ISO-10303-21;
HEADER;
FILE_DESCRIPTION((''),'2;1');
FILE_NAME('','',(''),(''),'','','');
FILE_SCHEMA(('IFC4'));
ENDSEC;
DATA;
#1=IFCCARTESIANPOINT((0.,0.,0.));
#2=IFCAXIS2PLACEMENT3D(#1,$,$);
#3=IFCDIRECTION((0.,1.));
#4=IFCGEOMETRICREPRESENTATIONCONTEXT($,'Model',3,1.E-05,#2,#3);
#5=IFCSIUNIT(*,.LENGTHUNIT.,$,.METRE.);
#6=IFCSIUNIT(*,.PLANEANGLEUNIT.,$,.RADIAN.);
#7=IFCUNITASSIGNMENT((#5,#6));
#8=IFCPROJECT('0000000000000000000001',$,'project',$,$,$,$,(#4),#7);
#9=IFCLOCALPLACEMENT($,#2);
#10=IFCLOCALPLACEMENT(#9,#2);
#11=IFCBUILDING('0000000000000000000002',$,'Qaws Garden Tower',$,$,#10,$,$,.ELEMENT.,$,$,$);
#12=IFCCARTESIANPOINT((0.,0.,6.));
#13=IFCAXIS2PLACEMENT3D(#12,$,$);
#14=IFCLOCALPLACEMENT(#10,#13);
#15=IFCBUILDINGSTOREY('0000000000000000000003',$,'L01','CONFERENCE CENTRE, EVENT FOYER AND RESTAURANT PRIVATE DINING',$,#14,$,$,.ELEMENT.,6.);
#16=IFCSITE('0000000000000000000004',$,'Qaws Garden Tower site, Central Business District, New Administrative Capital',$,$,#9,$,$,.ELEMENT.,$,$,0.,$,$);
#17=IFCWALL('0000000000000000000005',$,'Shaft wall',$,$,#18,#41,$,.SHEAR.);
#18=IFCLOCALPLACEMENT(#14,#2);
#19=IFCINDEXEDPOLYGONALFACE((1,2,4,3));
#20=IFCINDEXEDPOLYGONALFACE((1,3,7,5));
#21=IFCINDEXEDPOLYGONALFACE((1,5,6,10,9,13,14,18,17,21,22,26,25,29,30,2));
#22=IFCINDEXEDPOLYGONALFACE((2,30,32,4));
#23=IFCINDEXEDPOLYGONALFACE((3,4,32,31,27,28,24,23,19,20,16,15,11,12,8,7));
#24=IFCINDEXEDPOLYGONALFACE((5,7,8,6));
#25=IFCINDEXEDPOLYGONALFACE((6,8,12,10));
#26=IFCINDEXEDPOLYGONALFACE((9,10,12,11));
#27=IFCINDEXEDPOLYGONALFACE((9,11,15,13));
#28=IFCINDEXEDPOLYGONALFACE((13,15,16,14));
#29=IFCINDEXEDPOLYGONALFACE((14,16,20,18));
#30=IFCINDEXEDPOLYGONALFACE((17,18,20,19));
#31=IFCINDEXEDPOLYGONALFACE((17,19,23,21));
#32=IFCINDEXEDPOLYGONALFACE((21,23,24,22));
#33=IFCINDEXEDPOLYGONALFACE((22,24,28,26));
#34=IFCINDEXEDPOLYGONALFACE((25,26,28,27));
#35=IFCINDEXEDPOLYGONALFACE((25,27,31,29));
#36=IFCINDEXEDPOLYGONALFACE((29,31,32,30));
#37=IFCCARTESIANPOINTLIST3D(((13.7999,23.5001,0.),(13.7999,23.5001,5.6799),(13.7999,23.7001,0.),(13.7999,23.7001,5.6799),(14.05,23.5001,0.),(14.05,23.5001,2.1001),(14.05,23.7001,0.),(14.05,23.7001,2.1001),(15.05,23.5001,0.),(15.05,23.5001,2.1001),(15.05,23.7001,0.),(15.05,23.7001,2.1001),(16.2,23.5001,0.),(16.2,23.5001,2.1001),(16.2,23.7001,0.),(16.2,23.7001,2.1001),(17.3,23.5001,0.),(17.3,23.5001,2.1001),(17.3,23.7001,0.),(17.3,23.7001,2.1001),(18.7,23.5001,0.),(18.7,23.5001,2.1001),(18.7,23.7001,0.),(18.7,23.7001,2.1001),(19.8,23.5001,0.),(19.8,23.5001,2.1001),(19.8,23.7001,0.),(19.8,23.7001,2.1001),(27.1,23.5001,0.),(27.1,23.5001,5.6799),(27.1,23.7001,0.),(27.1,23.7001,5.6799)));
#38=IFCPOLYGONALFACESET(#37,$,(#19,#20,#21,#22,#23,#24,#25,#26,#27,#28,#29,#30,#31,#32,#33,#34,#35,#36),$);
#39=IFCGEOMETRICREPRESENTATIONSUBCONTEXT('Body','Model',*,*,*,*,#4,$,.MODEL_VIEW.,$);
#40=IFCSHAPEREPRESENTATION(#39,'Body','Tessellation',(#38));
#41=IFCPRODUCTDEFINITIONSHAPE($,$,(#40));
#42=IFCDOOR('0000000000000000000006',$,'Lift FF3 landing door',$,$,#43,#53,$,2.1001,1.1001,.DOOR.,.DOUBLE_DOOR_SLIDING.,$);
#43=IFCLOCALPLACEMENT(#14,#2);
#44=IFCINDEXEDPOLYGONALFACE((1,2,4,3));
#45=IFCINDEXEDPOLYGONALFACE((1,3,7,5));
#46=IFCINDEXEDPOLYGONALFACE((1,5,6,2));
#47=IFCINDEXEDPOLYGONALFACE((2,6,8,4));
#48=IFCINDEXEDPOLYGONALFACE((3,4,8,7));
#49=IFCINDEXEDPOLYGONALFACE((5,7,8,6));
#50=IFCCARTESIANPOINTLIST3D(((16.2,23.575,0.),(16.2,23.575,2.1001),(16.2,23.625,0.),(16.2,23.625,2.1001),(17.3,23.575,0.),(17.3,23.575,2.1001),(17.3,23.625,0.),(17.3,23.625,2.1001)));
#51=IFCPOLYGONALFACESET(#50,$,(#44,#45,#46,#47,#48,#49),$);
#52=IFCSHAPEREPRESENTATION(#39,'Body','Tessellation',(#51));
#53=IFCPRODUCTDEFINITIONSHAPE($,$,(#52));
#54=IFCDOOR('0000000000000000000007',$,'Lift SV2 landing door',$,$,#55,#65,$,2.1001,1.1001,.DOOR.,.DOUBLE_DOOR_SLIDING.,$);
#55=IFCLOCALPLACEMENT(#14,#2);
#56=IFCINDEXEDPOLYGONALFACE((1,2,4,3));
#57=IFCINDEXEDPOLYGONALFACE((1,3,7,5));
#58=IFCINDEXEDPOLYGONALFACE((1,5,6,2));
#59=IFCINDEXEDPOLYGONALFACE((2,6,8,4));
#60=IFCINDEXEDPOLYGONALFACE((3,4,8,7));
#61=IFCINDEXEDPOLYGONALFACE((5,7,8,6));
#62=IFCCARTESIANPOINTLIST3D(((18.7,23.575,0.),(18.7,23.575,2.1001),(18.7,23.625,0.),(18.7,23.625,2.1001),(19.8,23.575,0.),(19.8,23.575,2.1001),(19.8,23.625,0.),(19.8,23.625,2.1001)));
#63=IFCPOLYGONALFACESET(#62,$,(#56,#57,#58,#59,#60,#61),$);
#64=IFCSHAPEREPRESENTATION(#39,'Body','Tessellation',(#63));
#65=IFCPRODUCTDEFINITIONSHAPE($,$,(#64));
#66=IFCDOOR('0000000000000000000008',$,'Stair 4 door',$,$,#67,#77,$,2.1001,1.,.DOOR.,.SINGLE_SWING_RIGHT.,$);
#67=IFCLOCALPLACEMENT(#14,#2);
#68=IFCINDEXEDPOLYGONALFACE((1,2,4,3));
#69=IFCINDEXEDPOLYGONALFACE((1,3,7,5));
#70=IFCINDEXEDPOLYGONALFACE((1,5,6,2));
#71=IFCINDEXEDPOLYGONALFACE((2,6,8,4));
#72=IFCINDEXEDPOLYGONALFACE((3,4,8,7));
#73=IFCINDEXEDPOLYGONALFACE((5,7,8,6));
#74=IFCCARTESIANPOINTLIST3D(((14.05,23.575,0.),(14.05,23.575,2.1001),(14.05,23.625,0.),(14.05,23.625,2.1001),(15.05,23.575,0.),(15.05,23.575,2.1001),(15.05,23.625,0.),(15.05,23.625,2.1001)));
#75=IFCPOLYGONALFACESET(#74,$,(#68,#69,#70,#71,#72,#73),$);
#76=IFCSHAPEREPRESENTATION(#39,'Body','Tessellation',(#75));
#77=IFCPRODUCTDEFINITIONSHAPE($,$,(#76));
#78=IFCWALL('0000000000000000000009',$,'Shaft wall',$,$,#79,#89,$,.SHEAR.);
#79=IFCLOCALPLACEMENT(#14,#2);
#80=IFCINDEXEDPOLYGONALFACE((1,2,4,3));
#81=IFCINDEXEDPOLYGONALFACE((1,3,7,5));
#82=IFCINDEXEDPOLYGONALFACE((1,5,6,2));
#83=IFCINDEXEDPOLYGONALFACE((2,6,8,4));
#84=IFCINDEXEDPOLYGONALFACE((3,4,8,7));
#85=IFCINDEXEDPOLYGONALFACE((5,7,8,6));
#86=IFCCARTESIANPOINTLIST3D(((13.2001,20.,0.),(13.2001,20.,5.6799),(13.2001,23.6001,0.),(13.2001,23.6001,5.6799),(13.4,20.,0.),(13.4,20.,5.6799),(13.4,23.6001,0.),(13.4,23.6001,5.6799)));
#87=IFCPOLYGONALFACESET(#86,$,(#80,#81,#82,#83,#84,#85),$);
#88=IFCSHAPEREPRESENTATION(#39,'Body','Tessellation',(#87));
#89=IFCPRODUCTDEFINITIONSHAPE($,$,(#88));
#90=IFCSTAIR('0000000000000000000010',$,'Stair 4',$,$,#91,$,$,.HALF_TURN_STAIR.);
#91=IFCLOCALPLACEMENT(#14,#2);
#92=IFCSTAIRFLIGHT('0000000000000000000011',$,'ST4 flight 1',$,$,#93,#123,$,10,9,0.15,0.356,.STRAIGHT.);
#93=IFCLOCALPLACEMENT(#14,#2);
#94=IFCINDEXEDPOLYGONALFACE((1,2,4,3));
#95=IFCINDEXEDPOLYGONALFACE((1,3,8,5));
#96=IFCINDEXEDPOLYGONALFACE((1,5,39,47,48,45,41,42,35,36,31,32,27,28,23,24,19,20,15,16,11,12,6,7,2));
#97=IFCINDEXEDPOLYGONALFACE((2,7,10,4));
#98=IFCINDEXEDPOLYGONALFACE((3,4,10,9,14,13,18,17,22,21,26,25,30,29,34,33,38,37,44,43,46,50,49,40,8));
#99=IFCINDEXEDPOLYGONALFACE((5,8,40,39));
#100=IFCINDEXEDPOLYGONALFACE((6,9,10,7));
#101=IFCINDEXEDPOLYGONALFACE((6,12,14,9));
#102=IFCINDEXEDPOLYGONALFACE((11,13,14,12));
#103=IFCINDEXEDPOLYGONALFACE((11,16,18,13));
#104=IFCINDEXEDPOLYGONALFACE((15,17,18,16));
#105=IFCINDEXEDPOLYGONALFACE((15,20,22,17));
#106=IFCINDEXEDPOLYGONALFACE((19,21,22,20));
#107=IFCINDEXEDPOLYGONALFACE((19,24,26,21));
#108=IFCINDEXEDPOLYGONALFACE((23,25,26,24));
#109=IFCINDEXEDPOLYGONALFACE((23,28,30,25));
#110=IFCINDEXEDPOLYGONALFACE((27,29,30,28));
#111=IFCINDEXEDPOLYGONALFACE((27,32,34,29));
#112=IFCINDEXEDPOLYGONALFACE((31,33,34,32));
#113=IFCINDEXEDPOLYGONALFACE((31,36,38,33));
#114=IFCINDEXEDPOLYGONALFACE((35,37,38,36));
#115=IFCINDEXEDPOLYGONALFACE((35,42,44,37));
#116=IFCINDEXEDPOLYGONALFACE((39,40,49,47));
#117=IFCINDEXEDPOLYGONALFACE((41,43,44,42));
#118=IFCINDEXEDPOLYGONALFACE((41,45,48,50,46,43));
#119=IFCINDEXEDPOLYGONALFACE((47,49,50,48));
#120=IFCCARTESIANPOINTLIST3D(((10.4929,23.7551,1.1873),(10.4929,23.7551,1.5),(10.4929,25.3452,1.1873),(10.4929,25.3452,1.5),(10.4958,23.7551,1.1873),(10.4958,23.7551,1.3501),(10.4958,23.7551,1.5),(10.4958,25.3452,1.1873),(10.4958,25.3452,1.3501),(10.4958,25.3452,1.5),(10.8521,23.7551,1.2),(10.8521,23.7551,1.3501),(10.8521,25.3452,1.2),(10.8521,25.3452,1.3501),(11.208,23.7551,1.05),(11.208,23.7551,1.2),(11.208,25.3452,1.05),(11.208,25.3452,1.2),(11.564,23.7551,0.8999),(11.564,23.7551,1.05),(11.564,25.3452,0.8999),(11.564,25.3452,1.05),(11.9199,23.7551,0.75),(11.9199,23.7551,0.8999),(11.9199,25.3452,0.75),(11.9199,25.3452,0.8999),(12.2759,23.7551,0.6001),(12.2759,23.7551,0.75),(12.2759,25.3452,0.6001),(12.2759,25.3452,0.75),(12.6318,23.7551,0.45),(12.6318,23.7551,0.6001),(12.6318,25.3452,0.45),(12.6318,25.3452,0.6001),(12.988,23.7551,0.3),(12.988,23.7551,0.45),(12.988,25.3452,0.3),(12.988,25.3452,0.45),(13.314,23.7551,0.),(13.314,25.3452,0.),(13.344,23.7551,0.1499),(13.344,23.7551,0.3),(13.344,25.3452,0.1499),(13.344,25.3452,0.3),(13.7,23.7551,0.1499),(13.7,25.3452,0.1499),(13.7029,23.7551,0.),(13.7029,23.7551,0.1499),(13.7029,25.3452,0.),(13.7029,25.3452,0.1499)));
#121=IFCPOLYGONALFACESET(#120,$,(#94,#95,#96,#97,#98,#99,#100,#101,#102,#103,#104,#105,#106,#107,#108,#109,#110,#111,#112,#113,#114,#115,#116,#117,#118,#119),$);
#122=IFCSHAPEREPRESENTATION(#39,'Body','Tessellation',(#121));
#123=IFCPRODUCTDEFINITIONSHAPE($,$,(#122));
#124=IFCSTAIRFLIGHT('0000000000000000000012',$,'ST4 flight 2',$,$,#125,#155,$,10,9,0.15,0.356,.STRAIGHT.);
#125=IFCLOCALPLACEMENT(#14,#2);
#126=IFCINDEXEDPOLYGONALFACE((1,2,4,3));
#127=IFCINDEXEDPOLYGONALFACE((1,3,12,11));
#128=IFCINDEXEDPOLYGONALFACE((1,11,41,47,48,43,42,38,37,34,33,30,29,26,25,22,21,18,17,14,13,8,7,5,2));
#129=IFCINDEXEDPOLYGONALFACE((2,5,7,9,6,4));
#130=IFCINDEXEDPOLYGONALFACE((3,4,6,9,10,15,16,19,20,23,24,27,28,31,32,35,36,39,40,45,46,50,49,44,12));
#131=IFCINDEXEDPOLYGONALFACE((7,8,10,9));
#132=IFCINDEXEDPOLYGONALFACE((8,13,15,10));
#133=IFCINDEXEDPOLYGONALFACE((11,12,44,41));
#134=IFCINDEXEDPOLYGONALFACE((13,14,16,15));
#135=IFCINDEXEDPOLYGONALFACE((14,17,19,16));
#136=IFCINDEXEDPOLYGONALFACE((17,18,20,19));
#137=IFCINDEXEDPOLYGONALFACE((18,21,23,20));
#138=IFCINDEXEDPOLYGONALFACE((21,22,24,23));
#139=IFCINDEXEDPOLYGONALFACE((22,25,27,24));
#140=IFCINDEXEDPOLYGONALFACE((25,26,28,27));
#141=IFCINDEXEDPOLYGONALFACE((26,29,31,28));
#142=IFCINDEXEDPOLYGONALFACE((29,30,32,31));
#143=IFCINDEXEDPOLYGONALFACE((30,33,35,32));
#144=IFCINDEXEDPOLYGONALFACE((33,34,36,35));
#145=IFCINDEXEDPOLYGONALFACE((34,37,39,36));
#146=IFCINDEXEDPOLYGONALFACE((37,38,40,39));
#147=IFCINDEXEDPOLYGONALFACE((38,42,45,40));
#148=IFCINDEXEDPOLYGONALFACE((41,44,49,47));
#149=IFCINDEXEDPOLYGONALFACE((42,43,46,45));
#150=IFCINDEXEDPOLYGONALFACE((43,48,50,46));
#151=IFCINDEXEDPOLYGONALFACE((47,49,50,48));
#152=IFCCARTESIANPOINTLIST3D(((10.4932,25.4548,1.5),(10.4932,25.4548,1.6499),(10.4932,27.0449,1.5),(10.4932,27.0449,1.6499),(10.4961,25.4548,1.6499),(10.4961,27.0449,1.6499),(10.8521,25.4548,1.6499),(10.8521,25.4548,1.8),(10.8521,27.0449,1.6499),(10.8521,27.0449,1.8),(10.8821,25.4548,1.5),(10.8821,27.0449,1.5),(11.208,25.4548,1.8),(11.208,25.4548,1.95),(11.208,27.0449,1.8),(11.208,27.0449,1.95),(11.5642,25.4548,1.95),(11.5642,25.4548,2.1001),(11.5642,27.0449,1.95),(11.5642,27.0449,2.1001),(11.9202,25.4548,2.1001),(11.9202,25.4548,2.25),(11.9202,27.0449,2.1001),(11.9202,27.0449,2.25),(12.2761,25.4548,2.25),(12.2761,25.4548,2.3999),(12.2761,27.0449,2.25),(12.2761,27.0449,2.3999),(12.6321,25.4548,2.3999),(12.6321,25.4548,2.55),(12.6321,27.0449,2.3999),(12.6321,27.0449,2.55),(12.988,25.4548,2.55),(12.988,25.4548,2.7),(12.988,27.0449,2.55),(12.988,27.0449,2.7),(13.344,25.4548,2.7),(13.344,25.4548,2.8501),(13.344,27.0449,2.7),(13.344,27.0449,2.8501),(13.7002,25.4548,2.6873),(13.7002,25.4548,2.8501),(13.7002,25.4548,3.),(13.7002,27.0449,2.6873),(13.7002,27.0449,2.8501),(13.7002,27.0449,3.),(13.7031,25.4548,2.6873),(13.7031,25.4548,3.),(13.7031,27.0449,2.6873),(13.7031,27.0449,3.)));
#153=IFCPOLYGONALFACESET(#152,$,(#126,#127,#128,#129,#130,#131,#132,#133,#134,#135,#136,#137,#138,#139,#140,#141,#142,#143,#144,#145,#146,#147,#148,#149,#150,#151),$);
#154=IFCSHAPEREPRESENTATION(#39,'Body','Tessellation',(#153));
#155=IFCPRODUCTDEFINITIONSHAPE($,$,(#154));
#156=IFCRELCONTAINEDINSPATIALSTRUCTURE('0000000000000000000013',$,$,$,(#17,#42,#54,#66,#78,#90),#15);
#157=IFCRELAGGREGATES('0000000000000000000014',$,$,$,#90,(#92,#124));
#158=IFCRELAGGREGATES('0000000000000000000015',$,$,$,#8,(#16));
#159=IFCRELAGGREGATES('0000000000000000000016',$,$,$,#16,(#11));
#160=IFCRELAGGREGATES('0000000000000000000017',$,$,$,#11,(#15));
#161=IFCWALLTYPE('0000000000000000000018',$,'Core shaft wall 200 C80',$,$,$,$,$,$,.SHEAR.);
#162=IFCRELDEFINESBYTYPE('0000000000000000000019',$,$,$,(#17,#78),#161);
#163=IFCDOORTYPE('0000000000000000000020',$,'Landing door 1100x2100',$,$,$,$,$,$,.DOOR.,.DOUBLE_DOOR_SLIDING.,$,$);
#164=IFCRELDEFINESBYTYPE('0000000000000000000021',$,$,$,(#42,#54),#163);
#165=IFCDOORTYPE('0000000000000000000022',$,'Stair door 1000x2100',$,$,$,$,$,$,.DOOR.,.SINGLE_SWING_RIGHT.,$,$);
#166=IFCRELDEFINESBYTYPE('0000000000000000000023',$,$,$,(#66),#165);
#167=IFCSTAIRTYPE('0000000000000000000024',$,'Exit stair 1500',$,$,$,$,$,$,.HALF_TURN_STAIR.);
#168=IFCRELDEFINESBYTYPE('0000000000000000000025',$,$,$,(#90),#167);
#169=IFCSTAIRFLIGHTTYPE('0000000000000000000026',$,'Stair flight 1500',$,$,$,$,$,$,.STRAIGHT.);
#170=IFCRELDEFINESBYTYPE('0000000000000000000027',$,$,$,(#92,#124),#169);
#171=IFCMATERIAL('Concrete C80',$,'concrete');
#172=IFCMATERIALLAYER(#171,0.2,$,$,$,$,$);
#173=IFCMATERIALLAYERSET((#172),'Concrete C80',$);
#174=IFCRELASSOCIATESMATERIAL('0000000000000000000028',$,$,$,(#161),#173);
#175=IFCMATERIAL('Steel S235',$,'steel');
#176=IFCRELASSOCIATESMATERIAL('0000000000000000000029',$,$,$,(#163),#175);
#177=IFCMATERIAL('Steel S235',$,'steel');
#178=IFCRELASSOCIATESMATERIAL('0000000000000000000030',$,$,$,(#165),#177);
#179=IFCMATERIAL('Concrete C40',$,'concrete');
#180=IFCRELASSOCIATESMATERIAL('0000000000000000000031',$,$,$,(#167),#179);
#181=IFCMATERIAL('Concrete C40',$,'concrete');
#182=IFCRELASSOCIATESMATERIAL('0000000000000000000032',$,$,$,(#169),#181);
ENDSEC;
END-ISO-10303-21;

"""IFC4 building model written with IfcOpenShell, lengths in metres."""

from ifc_helpers import new_model, si_unit, direction, frame, frame_2d, origin, place, context, subcontext, project, spatial, polyline, rectangle, outline, extrude, material, layer, layer_set, type_object, element, fill, aggregate, save


model = new_model("IFC4")

# Units and contexts
model_context = context("Model", 3, precision=1e-05, world=origin(), true_north=direction((0.0, 1.0)))
body_context = subcontext(model_context, "Body", "Model", "MODEL_VIEW")
ifc_project = project(units=[si_unit("LENGTHUNIT", "METRE"), si_unit("PLANEANGLEUNIT", "RADIAN")], contexts=[model_context])

# Site, building, storey
site_placement = place(None, origin())
site = spatial("IfcSite", under=ifc_project, at=site_placement, Name="Qaws Garden Tower site, Central Business District, New Administrative Capital", CompositionType="ELEMENT", RefElevation=0.0)
building_placement = place(site_placement, origin())
building = spatial("IfcBuilding", under=site, at=building_placement, Name="Qaws Garden Tower", CompositionType="ELEMENT")
storey_placement = place(building_placement, frame((0.0, 0.0, 6.0)))
storey = spatial("IfcBuildingStorey", under=building, at=storey_placement, Name="L01", Description="CONFERENCE CENTRE, EVENT FOYER AND RESTAURANT PRIVATE DINING", CompositionType="ELEMENT", Elevation=6.0)

# Shared definitions
ifc_material_1 = material(Name="Concrete C80", Category="concrete")
ifc_layer_1 = layer(ifc_material_1, 0.2)
ifc_layer_set_1 = layer_set([ifc_layer_1], Name="Concrete C80")
wall_type_1 = type_object("IfcWallType", Name="Core shaft wall 200 C80", PredefinedType="SHEAR", material=ifc_layer_set_1)

# Wall, openings, doors
wall_1_placement = place(storey_placement, frame((13.8, 23.6001, 0.0), z_axis=(0.0, 0.0, 1.0), x_axis=(1.0, 0.0, 0.0)))
wall_1 = element("IfcWall", 1, at=wall_1_placement, inside=storey, type_object=wall_type_1, Name="Shaft wall", PredefinedType="SHEAR", context=body_context, shape_type="SweptSolid", body=[
    extrude(rectangle(XDim=13.3, YDim=0.2, at=frame_2d((6.6499, 0.0))), origin(), (0.0, 0.0, 1.0), 5.6799),
])
opening_1_placement = place(wall_1_placement, frame((2.3999, 0.0, 0.0)))
opening_1 = element("IfcOpeningElement", 2, at=opening_1_placement, cuts=wall_1, PredefinedType="OPENING", context=body_context, shape_type="SweptSolid", body=[
    extrude(rectangle(XDim=1.1001, YDim=2.1001, at=frame_2d((0.55, 1.05))), frame((0.0, 0.1099, 0.0), z_axis=(0.0, -1.0, 0.0), x_axis=(1.0, 0.0, 0.0)), (0.0, 0.0, 1.0), 0.22),
])
opening_2_placement = place(wall_1_placement, frame((4.8999, 0.0, 0.0)))
opening_2 = element("IfcOpeningElement", 3, at=opening_2_placement, cuts=wall_1, PredefinedType="OPENING", context=body_context, shape_type="SweptSolid", body=[
    extrude(rectangle(XDim=1.1001, YDim=2.1001, at=frame_2d((0.55, 1.05))), frame((0.0, 0.1099, 0.0), z_axis=(0.0, -1.0, 0.0), x_axis=(1.0, 0.0, 0.0)), (0.0, 0.0, 1.0), 0.22),
])
opening_3_placement = place(wall_1_placement, frame((0.25, 0.0, 0.0)))
opening_3 = element("IfcOpeningElement", 4, at=opening_3_placement, cuts=wall_1, PredefinedType="OPENING", context=body_context, shape_type="SweptSolid", body=[
    extrude(rectangle(XDim=1.0, YDim=2.1001, at=frame_2d((0.5, 1.05))), frame((0.0, 0.1099, 0.0), z_axis=(0.0, -1.0, 0.0), x_axis=(1.0, 0.0, 0.0)), (0.0, 0.0, 1.0), 0.22),
])
ifc_material_2 = material(Name="Steel S235", Category="steel")
door_type_1 = type_object("IfcDoorType", Name="Landing door 1100x2100", OperationType="DOUBLE_DOOR_SLIDING", PredefinedType="DOOR", material=ifc_material_2)
door_1_placement = place(opening_1_placement, origin())
door_1 = element("IfcDoor", 5, at=door_1_placement, inside=storey, type_object=door_type_1, Name="Lift FF3 landing door", OperationType="DOUBLE_DOOR_SLIDING", OverallHeight=2.1001, OverallWidth=1.1001, PredefinedType="DOOR", context=body_context, shape_type="SweptSolid", body=[
    extrude(rectangle(XDim=1.1001, YDim=2.1001, at=frame_2d((0.55, 1.05))), frame((0.0, 0.0249, 0.0), z_axis=(0.0, -1.0, 0.0), x_axis=(1.0, 0.0, 0.0)), (0.0, 0.0, 1.0), 0.05),
])
fill(opening_1, door_1)
door_2_placement = place(opening_2_placement, origin())
door_2 = element("IfcDoor", 6, at=door_2_placement, inside=storey, type_object=door_type_1, Name="Lift SV2 landing door", OperationType="DOUBLE_DOOR_SLIDING", OverallHeight=2.1001, OverallWidth=1.1001, PredefinedType="DOOR", context=body_context, shape_type="SweptSolid", body=[
    extrude(rectangle(XDim=1.1001, YDim=2.1001, at=frame_2d((0.55, 1.05))), frame((0.0, 0.0249, 0.0), z_axis=(0.0, -1.0, 0.0), x_axis=(1.0, 0.0, 0.0)), (0.0, 0.0, 1.0), 0.05),
])
fill(opening_2, door_2)
ifc_material_3 = material(Name="Steel S235", Category="steel")
door_type_2 = type_object("IfcDoorType", Name="Stair door 1000x2100", OperationType="SINGLE_SWING_RIGHT", PredefinedType="DOOR", material=ifc_material_3)
door_3_placement = place(opening_3_placement, origin())
door_3 = element("IfcDoor", 7, at=door_3_placement, inside=storey, type_object=door_type_2, Name="Stair 4 door", OperationType="SINGLE_SWING_RIGHT", OverallHeight=2.1001, OverallWidth=1.0, PredefinedType="DOOR", context=body_context, shape_type="SweptSolid", body=[
    extrude(rectangle(XDim=1.0, YDim=2.1001, at=frame_2d((0.5, 1.05))), frame((0.0, 0.0249, 0.0), z_axis=(0.0, -1.0, 0.0), x_axis=(1.0, 0.0, 0.0)), (0.0, 0.0, 1.0), 0.05),
])
fill(opening_3, door_3)

# Wall
wall_2_placement = place(storey_placement, frame((13.3, 20.0, 0.0), z_axis=(0.0, 0.0, 1.0), x_axis=(0.0, 1.0, 0.0)))
element("IfcWall", 8, at=wall_2_placement, inside=storey, type_object=wall_type_1, Name="Shaft wall", PredefinedType="SHEAR", context=body_context, shape_type="SweptSolid", body=[
    extrude(rectangle(XDim=3.6001, YDim=0.2, at=frame_2d((1.8, 0.0))), origin(), (0.0, 0.0, 1.0), 5.6799),
])

# Stair, stair flights
ifc_material_4 = material(Name="Concrete C40", Category="concrete")
stair_type = type_object("IfcStairType", Name="Exit stair 1500", PredefinedType="HALF_TURN_STAIR", material=ifc_material_4)
stair_placement = place(storey_placement, origin())
stair = element("IfcStair", 9, at=stair_placement, inside=storey, type_object=stair_type, Name="Stair 4", PredefinedType="HALF_TURN_STAIR")
ifc_material_5 = material(Name="Concrete C40", Category="concrete")
stair_flight_type = type_object("IfcStairFlightType", Name="Stair flight 1500", PredefinedType="STRAIGHT", material=ifc_material_5)
stair_flight_1_placement = place(storey_placement, frame((13.7, 24.55, 0.0), z_axis=(0.0, 0.0, 1.0), x_axis=(-1.0, 0.0, 0.0)))
stair_flight_1 = element("IfcStairFlight", 10, at=stair_flight_1_placement, type_object=stair_flight_type, Name="ST4 flight 1", NumberOfRisers=10, NumberOfTreads=9, PredefinedType="STRAIGHT", RiserHeight=0.15, TreadLength=0.356, context=body_context, shape_type="SweptSolid", body=[
    extrude(outline(polyline([(-0.0029, 0.0), (-0.0029, 0.1499), (0.0, 0.1499), (0.356, 0.1499), (0.356, 0.3), (0.7119, 0.3), (0.7119, 0.45), (1.0681, 0.45), (1.0681, 0.6001), (1.4241, 0.6001), (1.4241, 0.75), (1.78, 0.75), (1.78, 0.8999), (2.136, 0.8999), (2.136, 1.05), (2.4919, 1.05), (2.4919, 1.2), (2.8479, 1.2), (2.8479, 1.3501), (3.2041, 1.3501), (3.2041, 1.5), (3.207, 1.5), (3.207, 1.1873), (3.2041, 1.1873), (0.386, 0.0), (-0.0029, 0.0)])), frame((0.0, 0.7949, 0.0), z_axis=(0.0, -1.0, 0.0), x_axis=(1.0, 0.0, 0.0)), (0.0, 0.0, 1.0), 1.5901),
])
stair_flight_2_placement = place(storey_placement, frame((10.4961, 26.25, 1.5), z_axis=(0.0, 0.0, 1.0), x_axis=(1.0, 0.0, 0.0)))
stair_flight_2 = element("IfcStairFlight", 11, at=stair_flight_2_placement, type_object=stair_flight_type, Name="ST4 flight 2", NumberOfRisers=10, NumberOfTreads=9, PredefinedType="STRAIGHT", RiserHeight=0.15, TreadLength=0.356, context=body_context, shape_type="SweptSolid", body=[
    extrude(outline(polyline([(-0.0029, 0.0), (-0.0029, 0.1499), (0.0, 0.1499), (0.356, 0.1499), (0.356, 0.3), (0.7119, 0.3), (0.7119, 0.45), (1.0681, 0.45), (1.0681, 0.6001), (1.4241, 0.6001), (1.4241, 0.75), (1.78, 0.75), (1.78, 0.8999), (2.136, 0.8999), (2.136, 1.05), (2.4919, 1.05), (2.4919, 1.2), (2.8479, 1.2), (2.8479, 1.3501), (3.2041, 1.3501), (3.2041, 1.5), (3.207, 1.5), (3.207, 1.1873), (3.2041, 1.1873), (0.386, 0.0), (-0.0029, 0.0)])), frame((0.0, 0.7949, 0.0), z_axis=(0.0, -1.0, 0.0), x_axis=(1.0, 0.0, 0.0)), (0.0, 0.0, 1.0), 1.5901),
])
aggregate(stair, [stair_flight_1, stair_flight_2])

save(model, "model.ifc")
